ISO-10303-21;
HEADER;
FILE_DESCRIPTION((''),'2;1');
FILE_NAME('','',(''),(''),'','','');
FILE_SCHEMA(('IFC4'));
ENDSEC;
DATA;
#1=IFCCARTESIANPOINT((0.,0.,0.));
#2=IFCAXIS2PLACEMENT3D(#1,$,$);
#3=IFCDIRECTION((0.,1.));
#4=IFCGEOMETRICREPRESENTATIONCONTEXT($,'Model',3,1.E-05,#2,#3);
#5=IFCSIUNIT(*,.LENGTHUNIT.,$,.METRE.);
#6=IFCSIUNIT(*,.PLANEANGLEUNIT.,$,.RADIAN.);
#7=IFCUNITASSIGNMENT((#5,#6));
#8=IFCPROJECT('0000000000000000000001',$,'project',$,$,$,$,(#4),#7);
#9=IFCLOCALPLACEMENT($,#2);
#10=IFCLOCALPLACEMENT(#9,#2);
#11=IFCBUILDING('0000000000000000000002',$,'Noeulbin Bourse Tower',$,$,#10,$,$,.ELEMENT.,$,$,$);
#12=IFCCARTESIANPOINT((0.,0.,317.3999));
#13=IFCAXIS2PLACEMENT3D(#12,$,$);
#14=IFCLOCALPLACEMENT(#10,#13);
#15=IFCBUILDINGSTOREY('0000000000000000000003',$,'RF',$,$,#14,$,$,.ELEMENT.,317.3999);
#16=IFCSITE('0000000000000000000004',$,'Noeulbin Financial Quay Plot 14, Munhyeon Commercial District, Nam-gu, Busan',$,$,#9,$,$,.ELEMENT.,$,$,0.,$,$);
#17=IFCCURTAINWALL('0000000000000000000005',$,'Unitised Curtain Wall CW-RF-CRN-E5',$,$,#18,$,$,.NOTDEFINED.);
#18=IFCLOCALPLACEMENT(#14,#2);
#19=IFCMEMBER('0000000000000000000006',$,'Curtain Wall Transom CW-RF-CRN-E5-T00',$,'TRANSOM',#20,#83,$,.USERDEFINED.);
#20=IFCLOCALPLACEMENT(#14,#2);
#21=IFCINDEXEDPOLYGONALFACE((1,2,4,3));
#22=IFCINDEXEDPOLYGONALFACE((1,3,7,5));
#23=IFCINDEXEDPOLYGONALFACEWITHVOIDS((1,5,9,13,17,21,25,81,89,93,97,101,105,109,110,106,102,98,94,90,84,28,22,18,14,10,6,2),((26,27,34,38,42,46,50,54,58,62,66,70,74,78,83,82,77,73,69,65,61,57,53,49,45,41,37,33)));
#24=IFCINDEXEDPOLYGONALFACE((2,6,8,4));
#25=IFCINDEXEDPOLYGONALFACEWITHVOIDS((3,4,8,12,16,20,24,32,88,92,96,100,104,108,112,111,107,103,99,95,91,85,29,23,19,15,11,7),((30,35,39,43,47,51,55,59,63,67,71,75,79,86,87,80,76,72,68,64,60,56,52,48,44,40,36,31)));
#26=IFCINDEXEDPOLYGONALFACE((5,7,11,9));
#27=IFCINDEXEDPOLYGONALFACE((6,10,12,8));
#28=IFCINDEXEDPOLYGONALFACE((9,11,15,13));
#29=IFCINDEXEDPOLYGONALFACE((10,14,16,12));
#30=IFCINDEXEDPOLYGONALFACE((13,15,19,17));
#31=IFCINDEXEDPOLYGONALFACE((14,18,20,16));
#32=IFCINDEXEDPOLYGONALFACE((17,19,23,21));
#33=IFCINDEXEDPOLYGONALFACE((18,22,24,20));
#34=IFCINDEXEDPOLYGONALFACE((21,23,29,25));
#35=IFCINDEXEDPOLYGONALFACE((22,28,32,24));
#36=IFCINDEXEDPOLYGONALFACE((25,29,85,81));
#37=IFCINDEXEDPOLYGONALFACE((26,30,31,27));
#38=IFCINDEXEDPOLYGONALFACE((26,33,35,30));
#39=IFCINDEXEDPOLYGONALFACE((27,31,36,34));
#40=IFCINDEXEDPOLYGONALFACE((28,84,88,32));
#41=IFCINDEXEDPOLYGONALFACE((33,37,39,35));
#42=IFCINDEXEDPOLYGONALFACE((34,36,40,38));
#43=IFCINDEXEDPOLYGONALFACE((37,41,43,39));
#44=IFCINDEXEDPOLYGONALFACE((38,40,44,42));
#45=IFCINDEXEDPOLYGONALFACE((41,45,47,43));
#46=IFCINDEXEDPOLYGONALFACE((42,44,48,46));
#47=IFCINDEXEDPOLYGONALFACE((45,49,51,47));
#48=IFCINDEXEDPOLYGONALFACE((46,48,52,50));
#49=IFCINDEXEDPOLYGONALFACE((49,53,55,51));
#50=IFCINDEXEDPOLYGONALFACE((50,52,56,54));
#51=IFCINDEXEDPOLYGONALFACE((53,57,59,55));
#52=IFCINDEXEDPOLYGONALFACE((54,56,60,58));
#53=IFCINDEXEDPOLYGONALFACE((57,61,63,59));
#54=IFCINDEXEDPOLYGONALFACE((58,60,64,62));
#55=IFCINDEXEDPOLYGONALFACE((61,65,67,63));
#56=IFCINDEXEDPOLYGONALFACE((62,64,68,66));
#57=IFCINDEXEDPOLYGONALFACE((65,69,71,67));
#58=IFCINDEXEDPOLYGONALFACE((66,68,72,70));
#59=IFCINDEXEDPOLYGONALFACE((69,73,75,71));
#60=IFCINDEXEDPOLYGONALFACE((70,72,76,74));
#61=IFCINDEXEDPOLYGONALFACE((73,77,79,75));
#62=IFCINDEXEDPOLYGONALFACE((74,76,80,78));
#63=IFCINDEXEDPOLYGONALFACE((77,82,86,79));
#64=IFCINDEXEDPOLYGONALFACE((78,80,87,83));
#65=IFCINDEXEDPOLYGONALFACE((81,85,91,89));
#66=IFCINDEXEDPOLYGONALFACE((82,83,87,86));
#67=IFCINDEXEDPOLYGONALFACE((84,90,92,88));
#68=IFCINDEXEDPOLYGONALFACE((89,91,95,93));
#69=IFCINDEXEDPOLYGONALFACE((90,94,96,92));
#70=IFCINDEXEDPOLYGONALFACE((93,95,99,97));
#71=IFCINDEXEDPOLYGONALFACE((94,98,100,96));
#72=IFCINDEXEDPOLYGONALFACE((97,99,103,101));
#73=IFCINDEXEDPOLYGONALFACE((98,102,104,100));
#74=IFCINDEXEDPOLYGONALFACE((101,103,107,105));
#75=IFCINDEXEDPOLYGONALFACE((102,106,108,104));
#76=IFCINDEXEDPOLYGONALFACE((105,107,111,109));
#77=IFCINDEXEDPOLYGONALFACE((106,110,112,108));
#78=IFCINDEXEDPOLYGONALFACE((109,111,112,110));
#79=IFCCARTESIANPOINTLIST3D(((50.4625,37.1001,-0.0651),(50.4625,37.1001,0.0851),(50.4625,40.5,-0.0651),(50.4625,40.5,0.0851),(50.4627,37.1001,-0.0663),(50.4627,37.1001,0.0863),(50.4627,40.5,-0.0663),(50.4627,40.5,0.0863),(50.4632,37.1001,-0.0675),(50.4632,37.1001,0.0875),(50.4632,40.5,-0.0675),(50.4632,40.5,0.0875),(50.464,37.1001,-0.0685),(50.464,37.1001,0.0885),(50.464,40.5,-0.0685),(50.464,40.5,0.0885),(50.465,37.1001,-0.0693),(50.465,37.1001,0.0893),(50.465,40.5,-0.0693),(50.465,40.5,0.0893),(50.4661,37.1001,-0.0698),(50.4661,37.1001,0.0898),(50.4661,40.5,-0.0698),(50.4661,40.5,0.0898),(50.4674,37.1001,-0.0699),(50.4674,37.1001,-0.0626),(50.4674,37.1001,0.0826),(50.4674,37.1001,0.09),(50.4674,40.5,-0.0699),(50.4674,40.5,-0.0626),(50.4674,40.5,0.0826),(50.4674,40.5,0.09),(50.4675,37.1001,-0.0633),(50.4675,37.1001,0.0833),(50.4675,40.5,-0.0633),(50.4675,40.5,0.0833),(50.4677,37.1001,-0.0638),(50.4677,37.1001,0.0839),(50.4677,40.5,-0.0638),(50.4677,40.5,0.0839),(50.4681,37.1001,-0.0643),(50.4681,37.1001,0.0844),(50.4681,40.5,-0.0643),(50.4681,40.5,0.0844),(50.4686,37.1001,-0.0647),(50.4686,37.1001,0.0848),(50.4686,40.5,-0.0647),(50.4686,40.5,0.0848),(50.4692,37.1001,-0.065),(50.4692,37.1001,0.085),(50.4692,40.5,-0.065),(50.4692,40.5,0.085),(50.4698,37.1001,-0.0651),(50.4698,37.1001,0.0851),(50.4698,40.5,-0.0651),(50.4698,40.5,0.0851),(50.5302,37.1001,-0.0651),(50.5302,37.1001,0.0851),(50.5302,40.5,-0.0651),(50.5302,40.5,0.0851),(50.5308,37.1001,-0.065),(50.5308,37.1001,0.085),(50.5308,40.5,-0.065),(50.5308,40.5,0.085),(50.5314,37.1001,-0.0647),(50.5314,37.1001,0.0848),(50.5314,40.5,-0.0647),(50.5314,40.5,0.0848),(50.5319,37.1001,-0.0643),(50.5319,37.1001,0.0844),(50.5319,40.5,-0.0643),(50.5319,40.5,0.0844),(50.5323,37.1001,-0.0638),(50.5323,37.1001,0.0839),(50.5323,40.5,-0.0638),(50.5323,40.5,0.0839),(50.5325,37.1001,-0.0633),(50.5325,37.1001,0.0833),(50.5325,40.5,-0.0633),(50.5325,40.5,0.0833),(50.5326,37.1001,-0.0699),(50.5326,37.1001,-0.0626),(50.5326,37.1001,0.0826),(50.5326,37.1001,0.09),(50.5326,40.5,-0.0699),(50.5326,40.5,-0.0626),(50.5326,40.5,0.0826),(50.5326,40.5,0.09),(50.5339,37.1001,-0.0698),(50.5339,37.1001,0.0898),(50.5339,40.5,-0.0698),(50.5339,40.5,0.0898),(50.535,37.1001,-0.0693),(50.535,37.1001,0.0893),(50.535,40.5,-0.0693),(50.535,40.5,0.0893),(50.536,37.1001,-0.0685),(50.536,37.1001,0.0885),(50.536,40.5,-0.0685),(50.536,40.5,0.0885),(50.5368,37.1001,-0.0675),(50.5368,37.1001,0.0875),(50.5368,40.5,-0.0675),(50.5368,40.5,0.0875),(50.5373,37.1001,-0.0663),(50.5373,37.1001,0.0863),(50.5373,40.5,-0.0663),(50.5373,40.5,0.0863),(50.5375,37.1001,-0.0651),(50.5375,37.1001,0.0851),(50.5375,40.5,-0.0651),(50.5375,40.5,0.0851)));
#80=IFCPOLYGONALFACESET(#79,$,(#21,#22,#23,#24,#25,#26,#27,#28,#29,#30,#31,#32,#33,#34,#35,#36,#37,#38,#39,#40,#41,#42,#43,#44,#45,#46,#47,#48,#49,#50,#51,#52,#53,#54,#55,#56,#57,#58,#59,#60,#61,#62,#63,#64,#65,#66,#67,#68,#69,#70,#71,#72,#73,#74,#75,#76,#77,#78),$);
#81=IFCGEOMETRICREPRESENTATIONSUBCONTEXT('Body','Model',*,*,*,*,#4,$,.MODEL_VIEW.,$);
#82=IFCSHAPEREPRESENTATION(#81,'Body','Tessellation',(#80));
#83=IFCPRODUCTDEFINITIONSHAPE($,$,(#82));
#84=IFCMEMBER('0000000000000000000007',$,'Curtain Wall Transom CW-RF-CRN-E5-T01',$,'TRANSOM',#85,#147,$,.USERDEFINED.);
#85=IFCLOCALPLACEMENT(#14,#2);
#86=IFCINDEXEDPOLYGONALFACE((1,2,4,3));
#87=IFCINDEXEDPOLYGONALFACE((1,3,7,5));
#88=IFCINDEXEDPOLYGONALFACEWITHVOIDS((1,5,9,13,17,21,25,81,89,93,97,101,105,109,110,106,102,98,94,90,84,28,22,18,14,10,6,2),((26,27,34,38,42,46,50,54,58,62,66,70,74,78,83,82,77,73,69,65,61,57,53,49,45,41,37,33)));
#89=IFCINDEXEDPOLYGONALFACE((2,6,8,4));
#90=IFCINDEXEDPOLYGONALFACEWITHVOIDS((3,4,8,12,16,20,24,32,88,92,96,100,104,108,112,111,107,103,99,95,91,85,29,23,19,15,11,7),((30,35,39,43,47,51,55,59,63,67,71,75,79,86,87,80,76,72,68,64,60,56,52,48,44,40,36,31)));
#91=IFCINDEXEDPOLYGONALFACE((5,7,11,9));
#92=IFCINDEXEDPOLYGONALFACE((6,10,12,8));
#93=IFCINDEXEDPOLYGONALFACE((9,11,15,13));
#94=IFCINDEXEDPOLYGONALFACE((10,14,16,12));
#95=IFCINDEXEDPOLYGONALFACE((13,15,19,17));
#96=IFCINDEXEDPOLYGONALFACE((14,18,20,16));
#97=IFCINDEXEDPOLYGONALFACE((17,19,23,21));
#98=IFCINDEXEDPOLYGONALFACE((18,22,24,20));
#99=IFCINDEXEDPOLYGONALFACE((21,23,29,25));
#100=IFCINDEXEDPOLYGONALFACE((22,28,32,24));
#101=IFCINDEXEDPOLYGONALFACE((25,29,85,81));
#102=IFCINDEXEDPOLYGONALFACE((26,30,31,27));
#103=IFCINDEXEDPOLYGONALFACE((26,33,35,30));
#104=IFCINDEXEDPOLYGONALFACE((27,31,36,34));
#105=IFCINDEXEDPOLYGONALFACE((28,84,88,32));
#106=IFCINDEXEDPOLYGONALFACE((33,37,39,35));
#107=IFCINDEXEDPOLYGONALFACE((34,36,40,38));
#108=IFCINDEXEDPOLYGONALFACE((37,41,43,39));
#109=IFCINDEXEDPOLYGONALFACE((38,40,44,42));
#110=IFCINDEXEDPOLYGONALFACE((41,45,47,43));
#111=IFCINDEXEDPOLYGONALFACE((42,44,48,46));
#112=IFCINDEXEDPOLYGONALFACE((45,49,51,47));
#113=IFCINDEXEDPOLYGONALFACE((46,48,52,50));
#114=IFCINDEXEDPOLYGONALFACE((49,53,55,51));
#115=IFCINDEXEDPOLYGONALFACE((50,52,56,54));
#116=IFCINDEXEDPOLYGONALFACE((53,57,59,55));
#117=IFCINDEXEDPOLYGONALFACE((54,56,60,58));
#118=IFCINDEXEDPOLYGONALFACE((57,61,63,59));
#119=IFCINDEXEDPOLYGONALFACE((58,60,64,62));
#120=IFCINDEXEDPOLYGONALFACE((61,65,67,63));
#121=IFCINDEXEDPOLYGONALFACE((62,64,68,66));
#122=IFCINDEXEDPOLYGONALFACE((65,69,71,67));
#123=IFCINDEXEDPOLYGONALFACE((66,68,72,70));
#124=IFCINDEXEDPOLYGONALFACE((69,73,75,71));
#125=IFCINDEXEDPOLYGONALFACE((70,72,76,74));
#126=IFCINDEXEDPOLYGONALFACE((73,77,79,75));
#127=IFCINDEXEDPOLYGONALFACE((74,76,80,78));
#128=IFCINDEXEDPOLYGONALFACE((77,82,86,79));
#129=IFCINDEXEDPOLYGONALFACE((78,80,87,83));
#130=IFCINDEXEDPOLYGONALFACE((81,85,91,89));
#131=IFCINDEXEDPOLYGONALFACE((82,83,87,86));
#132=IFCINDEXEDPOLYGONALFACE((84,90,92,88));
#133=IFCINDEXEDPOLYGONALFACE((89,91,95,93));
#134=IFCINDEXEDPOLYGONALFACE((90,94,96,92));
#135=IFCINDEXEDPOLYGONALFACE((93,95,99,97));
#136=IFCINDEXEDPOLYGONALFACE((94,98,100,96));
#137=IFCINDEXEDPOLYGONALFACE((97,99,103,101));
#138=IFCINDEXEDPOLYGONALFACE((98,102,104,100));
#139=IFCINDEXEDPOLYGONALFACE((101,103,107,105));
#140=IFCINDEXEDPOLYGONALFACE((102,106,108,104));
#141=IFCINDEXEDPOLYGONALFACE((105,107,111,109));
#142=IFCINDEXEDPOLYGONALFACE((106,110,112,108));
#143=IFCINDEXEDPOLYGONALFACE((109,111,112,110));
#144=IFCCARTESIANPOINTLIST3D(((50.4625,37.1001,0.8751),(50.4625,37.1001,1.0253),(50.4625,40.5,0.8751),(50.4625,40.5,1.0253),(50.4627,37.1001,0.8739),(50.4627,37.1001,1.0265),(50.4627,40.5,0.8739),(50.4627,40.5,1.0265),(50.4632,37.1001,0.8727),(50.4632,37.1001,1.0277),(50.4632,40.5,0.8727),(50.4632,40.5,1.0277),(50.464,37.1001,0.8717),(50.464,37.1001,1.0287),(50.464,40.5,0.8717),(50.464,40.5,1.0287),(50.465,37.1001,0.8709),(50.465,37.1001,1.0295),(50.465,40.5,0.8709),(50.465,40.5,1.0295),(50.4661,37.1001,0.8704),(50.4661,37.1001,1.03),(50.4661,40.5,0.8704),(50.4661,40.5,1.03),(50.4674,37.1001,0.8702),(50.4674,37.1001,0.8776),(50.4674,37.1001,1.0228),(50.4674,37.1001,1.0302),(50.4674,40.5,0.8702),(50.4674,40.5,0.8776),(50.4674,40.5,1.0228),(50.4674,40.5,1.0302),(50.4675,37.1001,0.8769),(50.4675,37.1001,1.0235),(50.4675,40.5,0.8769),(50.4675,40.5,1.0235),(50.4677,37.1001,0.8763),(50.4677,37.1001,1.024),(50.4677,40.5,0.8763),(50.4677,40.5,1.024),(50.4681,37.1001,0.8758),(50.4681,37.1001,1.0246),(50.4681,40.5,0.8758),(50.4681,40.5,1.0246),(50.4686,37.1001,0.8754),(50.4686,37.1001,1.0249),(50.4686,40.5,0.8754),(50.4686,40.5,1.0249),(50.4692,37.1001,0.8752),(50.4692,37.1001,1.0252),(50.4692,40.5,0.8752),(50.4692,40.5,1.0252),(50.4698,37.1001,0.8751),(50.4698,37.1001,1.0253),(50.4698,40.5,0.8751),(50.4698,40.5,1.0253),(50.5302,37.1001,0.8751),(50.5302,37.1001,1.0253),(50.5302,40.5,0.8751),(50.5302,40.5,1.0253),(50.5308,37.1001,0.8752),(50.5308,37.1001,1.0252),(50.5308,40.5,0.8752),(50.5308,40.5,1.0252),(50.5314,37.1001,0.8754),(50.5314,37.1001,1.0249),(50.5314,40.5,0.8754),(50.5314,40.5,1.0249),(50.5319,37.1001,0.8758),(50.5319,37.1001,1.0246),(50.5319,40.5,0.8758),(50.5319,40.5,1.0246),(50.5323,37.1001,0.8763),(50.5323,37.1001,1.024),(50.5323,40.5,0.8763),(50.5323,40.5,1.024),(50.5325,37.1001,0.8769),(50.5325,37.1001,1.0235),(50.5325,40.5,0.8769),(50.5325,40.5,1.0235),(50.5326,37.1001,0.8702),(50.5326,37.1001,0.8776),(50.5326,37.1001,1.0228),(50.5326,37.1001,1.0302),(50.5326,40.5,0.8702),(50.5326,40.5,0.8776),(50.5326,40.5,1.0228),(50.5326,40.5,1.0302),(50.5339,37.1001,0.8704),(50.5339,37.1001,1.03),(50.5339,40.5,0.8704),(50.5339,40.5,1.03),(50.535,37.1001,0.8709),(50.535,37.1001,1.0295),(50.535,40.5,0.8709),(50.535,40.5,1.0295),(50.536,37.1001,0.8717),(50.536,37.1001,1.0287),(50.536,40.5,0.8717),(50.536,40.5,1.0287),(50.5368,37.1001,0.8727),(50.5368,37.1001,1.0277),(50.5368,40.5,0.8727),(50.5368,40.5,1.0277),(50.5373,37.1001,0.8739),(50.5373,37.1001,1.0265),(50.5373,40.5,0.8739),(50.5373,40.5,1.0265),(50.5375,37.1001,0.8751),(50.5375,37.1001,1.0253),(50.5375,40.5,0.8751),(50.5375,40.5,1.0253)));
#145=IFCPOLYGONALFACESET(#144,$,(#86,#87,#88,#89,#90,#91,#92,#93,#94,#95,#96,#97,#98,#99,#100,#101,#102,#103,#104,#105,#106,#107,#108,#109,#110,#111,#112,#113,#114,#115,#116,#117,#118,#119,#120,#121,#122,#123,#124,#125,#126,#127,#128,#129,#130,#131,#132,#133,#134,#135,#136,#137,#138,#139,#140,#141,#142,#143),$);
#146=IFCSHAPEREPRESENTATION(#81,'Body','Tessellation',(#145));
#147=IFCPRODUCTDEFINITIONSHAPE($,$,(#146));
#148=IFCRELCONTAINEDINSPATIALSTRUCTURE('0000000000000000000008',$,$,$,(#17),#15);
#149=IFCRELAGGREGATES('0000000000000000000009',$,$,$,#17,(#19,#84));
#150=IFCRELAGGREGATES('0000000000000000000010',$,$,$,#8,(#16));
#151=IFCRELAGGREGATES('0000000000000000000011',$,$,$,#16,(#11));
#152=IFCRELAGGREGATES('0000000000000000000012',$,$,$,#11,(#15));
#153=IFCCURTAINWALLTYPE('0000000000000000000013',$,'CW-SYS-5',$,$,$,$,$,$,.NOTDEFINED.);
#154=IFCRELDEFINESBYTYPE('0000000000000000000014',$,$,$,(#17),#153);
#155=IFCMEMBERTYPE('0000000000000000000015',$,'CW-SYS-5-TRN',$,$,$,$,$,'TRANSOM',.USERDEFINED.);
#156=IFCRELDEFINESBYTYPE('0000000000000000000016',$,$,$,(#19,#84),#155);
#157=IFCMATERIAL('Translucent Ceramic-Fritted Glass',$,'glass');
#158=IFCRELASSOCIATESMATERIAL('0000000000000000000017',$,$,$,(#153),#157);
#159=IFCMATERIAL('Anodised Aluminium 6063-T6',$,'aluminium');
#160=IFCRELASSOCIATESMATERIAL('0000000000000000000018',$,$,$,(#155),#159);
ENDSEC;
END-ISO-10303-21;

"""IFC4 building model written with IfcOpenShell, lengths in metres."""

from ifc_helpers import new_model, si_unit, direction, frame, origin, origin_2d, place, context, subcontext, project, spatial, hollow_rectangle, extrude, material, material_profile, profile_set, type_object, element, aggregate, save


model = new_model("IFC4")

# Units and contexts
model_context = context("Model", 3, precision=1e-05, world=origin(), true_north=direction((0.0, 1.0)))
body_context = subcontext(model_context, "Body", "Model", "MODEL_VIEW")
ifc_project = project(units=[si_unit("LENGTHUNIT", "METRE"), si_unit("PLANEANGLEUNIT", "RADIAN")], contexts=[model_context])

# Site, building, storey
site_placement = place(None, origin())
site = spatial("IfcSite", under=ifc_project, at=site_placement, Name="Noeulbin Financial Quay Plot 14, Munhyeon Commercial District, Nam-gu, Busan", CompositionType="ELEMENT", RefElevation=0.0)
building_placement = place(site_placement, origin())
building = spatial("IfcBuilding", under=site, at=building_placement, Name="Noeulbin Bourse Tower", CompositionType="ELEMENT")
storey_placement = place(building_placement, frame((0.0, 0.0, 317.3999)))
storey = spatial("IfcBuildingStorey", under=building, at=storey_placement, Name="RF", CompositionType="ELEMENT", Elevation=317.3999)

# Curtain wall, members
ifc_material_1 = material(Name="Translucent Ceramic-Fritted Glass", Category="glass")
curtain_wall_type = type_object("IfcCurtainWallType", Name="CW-SYS-5", PredefinedType="NOTDEFINED", material=ifc_material_1)
ifc_material_2 = material(Name="Anodised Aluminium 6063-T6", Category="aluminium")
curtain_wall_1_placement = place(storey_placement, origin())
curtain_wall_1 = element("IfcCurtainWall", 1, at=curtain_wall_1_placement, inside=storey, type_object=curtain_wall_type, Name="Unitised Curtain Wall CW-RF-CRN-E5", PredefinedType="NOTDEFINED")
ifc_material_profile_1 = material_profile(ifc_material_2, hollow_rectangle(XDim=0.075, YDim=0.1599, WallThickness=0.0049, InnerFilletRadius=0.0024, OuterFilletRadius=0.0049, at=origin_2d()), Name="ALU-TRAN-75x160x5", Category="LoadBearing")
ifc_profile_set_1 = profile_set([ifc_material_profile_1], Name="Anodised Aluminium 6063-T6")
member_type_1 = type_object("IfcMemberType", Name="CW-SYS-5-TRN", ElementType="TRANSOM", PredefinedType="USERDEFINED", material=ifc_profile_set_1)
member_1_placement = place(storey_placement, frame((50.5, 37.1001, 0.01), z_axis=(0.0, 1.0, 0.0), x_axis=(-1.0, 0.0, 0.0)))
member_1 = element("IfcMember", 2, at=member_1_placement, type_object=member_type_1, Name="Curtain Wall Transom CW-RF-CRN-E5-T00", ObjectType="TRANSOM", PredefinedType="USERDEFINED", context=body_context, shape_type="SweptSolid", body=[
    extrude(hollow_rectangle(XDim=0.075, YDim=0.1599, WallThickness=0.0049, InnerFilletRadius=0.0024, OuterFilletRadius=0.0049, at=origin_2d()), origin(), (0.0, 0.0, 1.0), 3.3999),
])
member_2_placement = place(storey_placement, frame((50.5, 37.1001, 0.9502), z_axis=(0.0, 1.0, 0.0), x_axis=(-1.0, 0.0, 0.0)))
member_2 = element("IfcMember", 3, at=member_2_placement, type_object=member_type_1, Name="Curtain Wall Transom CW-RF-CRN-E5-T01", ObjectType="TRANSOM", PredefinedType="USERDEFINED", context=body_context, shape_type="SweptSolid", body=[
    extrude(hollow_rectangle(XDim=0.075, YDim=0.1599, WallThickness=0.0049, InnerFilletRadius=0.0024, OuterFilletRadius=0.0049, at=origin_2d()), origin(), (0.0, 0.0, 1.0), 3.3999),
])

aggregate(curtain_wall_1, [member_1, member_2])

save(model, "model.ifc")
